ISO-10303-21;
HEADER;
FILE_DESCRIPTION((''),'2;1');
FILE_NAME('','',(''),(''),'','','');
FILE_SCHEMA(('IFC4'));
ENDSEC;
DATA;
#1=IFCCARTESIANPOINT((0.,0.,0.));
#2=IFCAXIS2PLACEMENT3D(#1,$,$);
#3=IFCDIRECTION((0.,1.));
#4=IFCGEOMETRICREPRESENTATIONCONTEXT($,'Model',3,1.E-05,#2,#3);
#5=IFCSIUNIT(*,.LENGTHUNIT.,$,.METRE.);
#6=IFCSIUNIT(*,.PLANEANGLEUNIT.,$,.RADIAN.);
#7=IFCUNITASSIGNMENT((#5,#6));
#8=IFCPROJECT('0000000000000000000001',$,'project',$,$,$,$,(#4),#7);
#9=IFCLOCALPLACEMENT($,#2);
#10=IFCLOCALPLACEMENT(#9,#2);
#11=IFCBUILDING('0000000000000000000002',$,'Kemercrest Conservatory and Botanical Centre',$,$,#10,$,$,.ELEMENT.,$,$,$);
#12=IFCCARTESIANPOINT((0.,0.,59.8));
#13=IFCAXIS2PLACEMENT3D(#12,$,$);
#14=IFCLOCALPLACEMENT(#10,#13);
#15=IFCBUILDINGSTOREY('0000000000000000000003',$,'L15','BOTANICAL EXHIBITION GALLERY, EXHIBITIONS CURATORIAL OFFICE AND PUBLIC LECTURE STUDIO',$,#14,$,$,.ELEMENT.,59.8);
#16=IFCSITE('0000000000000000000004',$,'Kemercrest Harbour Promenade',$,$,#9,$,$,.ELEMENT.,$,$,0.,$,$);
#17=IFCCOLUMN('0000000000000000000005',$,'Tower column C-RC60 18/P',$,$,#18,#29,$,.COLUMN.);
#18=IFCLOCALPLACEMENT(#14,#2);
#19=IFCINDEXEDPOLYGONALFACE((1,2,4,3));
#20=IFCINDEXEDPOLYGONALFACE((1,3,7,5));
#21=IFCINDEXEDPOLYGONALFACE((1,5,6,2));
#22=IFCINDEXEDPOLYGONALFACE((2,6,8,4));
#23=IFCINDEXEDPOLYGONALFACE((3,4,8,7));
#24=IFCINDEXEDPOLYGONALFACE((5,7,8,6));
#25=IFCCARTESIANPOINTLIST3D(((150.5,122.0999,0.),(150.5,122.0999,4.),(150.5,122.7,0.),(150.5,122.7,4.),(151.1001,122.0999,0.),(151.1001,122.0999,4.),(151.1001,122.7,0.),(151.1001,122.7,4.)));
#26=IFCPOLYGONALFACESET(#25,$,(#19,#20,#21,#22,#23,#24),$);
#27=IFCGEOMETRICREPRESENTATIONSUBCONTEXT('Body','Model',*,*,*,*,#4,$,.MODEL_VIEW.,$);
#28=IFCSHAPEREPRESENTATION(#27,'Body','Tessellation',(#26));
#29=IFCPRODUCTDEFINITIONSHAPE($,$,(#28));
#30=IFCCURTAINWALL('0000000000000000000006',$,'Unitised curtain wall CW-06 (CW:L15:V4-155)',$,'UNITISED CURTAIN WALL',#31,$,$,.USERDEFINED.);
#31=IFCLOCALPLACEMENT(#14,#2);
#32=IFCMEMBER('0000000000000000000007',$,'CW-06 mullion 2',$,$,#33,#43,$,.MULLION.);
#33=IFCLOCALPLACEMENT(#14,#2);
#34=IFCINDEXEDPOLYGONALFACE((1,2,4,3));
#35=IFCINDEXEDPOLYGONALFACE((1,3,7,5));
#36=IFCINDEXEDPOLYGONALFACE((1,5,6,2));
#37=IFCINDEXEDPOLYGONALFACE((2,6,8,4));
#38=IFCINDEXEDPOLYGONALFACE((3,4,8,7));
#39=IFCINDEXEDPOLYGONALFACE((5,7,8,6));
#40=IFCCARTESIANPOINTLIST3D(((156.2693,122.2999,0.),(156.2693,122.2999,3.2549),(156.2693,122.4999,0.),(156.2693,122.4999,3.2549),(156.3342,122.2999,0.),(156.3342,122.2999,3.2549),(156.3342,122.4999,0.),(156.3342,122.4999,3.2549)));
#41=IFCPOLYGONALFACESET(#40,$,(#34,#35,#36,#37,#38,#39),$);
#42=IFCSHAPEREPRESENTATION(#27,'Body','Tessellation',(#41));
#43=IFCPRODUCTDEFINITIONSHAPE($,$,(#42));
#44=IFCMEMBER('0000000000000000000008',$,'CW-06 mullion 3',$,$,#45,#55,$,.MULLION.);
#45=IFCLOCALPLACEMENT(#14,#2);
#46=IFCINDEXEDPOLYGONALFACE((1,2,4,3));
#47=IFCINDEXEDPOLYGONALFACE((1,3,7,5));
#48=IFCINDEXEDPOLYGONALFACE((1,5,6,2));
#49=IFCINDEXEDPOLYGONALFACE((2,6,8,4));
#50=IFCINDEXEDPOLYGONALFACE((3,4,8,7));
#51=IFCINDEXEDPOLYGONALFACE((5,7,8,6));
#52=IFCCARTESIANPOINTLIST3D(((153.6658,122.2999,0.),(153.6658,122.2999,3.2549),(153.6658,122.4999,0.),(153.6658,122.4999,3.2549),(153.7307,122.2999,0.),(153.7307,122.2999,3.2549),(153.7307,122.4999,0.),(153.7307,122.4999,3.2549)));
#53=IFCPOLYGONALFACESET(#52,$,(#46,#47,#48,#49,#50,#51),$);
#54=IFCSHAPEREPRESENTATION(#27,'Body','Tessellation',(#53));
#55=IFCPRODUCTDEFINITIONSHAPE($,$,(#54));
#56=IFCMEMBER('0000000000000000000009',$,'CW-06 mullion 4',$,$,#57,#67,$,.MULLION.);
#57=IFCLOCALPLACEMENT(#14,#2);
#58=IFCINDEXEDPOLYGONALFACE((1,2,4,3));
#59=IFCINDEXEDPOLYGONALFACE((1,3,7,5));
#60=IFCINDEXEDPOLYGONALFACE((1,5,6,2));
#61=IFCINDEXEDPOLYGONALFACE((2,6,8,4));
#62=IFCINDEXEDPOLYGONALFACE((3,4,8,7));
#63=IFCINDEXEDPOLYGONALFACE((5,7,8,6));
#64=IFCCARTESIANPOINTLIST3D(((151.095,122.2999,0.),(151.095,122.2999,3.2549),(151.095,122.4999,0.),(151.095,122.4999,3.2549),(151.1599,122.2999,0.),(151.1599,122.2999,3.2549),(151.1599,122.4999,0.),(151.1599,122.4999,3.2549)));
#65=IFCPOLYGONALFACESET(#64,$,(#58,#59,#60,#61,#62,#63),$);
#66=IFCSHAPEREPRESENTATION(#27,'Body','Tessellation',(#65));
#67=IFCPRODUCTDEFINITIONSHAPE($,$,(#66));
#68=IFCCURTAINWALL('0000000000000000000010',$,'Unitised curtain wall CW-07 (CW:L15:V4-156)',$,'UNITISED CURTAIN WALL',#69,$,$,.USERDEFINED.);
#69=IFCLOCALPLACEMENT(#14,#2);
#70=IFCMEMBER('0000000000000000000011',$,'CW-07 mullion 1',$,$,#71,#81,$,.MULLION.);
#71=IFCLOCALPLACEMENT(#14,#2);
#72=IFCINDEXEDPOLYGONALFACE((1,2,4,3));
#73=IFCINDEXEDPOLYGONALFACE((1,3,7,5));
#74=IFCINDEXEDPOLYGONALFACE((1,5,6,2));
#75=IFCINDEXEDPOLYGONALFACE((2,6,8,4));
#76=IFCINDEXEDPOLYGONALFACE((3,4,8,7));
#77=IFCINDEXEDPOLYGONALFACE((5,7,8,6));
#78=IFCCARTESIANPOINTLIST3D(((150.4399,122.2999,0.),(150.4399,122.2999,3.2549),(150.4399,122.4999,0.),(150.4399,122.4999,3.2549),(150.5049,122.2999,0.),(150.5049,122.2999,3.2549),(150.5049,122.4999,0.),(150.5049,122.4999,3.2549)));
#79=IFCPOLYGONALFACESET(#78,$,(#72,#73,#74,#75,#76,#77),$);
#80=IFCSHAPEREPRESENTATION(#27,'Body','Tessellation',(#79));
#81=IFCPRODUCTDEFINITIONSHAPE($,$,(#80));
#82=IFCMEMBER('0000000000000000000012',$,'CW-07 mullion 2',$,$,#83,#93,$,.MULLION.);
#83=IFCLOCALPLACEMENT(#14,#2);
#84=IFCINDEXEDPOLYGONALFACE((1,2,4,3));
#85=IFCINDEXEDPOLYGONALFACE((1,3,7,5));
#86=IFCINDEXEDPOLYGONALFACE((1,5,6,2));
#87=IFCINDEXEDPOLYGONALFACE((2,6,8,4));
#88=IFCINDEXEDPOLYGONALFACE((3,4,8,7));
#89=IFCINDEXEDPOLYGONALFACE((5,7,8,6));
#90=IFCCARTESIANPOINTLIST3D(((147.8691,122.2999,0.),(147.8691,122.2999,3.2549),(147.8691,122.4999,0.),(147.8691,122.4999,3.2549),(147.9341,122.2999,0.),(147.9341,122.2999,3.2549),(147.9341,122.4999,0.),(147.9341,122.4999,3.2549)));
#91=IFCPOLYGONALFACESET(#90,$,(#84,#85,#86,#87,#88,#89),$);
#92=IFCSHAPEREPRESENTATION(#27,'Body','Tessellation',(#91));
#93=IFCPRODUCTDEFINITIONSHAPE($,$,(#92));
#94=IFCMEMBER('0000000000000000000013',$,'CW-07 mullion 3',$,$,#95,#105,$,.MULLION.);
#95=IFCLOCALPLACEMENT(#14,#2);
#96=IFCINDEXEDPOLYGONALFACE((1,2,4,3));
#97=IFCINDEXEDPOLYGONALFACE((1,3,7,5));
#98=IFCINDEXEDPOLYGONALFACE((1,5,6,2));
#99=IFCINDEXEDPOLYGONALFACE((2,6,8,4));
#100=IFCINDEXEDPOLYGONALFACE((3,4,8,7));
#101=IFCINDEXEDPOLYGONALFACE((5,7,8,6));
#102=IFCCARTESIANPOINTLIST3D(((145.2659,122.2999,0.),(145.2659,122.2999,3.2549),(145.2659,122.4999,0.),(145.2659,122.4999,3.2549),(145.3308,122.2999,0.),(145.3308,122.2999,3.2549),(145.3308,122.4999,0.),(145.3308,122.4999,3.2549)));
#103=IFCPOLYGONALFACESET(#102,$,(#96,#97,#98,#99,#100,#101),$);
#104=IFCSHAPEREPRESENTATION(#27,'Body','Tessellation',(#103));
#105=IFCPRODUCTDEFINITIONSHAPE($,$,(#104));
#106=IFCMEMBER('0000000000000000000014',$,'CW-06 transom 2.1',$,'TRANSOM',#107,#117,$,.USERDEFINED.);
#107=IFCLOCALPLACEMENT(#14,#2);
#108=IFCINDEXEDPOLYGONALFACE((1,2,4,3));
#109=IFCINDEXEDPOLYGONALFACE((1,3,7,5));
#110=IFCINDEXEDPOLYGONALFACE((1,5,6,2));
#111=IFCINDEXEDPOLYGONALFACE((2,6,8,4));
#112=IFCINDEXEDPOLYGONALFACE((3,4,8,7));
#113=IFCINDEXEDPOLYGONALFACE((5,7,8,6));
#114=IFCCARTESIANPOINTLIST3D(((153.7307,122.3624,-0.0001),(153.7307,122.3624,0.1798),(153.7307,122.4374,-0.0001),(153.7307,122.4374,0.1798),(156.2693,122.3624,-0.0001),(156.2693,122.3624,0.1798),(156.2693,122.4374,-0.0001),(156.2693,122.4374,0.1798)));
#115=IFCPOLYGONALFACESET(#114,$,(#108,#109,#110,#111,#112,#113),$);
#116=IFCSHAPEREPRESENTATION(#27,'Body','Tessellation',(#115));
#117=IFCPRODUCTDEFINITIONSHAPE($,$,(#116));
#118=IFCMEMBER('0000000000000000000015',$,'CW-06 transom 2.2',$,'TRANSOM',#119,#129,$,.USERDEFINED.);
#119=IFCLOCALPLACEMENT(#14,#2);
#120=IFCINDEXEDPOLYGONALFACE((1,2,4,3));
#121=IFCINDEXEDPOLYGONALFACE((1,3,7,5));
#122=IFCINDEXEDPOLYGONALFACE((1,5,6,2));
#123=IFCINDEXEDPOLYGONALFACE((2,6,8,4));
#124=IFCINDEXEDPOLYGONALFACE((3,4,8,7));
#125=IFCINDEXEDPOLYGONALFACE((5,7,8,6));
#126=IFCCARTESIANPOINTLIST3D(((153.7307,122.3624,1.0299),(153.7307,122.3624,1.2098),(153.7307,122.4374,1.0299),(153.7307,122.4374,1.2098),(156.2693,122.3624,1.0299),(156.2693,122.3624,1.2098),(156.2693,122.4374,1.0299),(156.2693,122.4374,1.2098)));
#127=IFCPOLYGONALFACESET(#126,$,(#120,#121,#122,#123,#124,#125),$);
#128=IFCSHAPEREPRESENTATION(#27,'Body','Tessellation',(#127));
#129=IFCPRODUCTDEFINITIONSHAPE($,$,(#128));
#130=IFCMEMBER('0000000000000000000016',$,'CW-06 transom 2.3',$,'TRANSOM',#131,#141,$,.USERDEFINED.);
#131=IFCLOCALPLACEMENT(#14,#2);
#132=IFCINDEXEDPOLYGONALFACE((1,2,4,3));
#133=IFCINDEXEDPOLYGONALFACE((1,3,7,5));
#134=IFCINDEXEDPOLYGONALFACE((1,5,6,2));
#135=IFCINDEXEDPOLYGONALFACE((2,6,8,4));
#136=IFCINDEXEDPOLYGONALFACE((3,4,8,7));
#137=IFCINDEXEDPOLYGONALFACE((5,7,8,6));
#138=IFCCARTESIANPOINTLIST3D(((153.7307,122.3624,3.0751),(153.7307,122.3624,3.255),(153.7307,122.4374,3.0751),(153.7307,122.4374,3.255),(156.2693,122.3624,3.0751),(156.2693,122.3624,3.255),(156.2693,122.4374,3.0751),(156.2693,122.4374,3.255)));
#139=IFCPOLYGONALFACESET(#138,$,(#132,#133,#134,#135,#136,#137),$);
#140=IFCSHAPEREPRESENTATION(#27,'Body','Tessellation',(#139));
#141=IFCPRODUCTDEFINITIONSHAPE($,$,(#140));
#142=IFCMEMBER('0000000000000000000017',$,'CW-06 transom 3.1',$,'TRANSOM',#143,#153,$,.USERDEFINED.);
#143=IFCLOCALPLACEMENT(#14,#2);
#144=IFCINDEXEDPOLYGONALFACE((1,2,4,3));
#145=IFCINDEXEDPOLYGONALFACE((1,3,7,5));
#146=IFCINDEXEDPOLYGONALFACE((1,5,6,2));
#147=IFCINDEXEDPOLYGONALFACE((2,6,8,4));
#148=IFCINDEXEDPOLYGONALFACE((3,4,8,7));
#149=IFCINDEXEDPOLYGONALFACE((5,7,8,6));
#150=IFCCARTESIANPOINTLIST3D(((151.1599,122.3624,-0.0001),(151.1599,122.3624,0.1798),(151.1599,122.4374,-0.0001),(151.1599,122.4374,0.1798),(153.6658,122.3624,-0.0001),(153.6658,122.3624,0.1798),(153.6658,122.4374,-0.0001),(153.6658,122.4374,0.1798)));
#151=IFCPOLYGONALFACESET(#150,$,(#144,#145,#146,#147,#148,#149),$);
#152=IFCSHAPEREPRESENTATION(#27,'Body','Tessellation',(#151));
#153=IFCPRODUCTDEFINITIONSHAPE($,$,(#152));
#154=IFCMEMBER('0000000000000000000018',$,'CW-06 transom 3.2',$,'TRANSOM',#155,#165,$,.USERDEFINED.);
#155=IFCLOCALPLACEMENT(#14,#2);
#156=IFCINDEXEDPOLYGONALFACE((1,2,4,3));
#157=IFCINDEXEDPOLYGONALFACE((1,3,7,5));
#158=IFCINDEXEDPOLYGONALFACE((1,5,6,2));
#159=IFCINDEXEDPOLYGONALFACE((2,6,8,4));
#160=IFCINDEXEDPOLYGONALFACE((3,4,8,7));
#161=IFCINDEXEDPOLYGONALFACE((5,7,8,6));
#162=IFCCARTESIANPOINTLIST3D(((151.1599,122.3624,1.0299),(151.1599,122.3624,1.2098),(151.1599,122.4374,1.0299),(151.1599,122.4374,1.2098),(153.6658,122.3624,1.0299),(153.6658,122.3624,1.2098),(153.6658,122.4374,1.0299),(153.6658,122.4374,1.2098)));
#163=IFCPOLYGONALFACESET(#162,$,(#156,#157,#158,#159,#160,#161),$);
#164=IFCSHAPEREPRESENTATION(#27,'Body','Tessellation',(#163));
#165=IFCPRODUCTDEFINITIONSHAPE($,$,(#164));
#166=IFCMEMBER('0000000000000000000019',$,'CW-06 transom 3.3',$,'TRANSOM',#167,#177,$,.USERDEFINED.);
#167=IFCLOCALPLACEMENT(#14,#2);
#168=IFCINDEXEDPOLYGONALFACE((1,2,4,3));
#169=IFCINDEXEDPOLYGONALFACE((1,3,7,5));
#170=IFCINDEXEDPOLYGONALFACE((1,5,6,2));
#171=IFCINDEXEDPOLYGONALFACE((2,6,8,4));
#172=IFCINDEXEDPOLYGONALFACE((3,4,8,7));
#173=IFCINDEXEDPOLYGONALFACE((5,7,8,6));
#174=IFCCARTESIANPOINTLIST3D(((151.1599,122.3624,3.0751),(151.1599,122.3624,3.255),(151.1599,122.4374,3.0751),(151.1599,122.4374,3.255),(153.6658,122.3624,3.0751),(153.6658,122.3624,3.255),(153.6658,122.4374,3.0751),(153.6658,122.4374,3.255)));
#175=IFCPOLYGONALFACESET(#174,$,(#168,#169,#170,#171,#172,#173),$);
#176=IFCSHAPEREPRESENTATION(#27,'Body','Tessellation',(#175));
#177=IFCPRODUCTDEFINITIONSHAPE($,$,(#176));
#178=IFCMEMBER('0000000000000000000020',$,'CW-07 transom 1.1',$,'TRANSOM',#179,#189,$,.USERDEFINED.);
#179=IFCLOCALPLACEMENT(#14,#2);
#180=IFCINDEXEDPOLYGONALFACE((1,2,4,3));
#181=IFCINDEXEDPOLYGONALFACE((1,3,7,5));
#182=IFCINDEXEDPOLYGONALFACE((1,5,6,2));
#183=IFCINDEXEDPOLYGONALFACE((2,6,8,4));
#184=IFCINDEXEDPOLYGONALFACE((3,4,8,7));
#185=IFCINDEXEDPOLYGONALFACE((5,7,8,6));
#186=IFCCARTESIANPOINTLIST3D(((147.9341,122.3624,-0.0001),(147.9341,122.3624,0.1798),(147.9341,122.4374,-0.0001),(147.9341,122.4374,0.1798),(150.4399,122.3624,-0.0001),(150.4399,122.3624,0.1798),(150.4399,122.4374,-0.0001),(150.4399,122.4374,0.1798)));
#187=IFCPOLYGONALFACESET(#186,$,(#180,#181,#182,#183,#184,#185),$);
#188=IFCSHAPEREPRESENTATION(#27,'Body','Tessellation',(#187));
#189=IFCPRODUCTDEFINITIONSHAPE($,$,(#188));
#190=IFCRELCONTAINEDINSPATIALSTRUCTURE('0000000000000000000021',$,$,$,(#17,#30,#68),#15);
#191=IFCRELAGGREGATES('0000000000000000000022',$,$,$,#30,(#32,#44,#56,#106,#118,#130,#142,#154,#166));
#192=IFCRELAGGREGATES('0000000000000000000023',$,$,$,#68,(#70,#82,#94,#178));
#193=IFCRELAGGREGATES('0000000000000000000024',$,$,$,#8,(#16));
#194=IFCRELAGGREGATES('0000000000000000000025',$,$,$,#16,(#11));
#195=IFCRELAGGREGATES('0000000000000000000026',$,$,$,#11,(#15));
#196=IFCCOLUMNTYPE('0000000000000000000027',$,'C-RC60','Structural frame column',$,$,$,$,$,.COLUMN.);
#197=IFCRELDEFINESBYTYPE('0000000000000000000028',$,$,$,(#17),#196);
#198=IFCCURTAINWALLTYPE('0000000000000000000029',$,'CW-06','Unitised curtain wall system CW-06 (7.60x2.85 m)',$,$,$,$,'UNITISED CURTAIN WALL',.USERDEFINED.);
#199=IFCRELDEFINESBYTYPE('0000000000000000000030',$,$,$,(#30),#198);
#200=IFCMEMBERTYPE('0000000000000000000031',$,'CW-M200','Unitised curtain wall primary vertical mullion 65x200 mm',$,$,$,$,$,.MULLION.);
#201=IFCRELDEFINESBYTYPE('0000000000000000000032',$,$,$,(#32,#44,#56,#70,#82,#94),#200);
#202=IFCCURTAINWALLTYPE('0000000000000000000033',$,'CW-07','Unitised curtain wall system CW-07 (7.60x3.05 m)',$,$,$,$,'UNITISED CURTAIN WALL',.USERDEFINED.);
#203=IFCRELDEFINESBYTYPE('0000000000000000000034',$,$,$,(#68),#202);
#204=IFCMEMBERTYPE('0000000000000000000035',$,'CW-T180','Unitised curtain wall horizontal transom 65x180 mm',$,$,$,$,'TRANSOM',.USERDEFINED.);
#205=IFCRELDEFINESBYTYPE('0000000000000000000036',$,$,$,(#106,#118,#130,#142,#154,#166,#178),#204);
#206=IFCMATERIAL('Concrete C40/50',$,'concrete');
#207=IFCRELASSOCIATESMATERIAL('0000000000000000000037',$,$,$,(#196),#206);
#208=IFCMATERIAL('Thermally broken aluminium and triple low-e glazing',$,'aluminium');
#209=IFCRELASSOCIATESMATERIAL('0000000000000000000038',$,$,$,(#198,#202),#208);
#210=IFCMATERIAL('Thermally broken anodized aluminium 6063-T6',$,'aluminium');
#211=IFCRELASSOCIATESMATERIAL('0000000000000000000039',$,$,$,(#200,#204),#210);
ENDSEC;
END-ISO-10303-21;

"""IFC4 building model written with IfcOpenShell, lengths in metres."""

from ifc_helpers import new_model, si_unit, direction, frame, origin, origin_2d, place, context, subcontext, project, spatial, rectangle, extrude, material, material_profile, profile_set, type_object, element, aggregate, save


model = new_model("IFC4")

# Units and contexts
model_context = context("Model", 3, precision=1e-05, world=origin(), true_north=direction((0.0, 1.0)))
body_context = subcontext(model_context, "Body", "Model", "MODEL_VIEW")
ifc_project = project(units=[si_unit("LENGTHUNIT", "METRE"), si_unit("PLANEANGLEUNIT", "RADIAN")], contexts=[model_context])

# Site, building, storey
site_placement = place(None, origin())
site = spatial("IfcSite", under=ifc_project, at=site_placement, Name="Kemercrest Harbour Promenade", CompositionType="ELEMENT", RefElevation=0.0)
building_placement = place(site_placement, origin())
building = spatial("IfcBuilding", under=site, at=building_placement, Name="Kemercrest Conservatory and Botanical Centre", CompositionType="ELEMENT")
storey_placement = place(building_placement, frame((0.0, 0.0, 59.8)))
storey = spatial("IfcBuildingStorey", under=building, at=storey_placement, Name="L15", Description="BOTANICAL EXHIBITION GALLERY, EXHIBITIONS CURATORIAL OFFICE AND PUBLIC LECTURE STUDIO", CompositionType="ELEMENT", Elevation=59.8)

# Column
ifc_material_1 = material(Name="Concrete C40/50", Category="concrete")
ifc_material_profile_1 = material_profile(ifc_material_1, rectangle(XDim=0.6001, YDim=0.6001, at=origin_2d()), Name="RC 600x600")
ifc_profile_set_1 = profile_set([ifc_material_profile_1], Name="Concrete C40/50")
column_type = type_object("IfcColumnType", Name="C-RC60", Description="Structural frame column", PredefinedType="COLUMN", material=ifc_profile_set_1)
column_placement = place(storey_placement, frame((150.8, 122.3999, 0.0), z_axis=(0.0, 0.0, 1.0), x_axis=(1.0, 0.0, 0.0)))
element("IfcColumn", 1, at=column_placement, inside=storey, type_object=column_type, Name="Tower column C-RC60 18/P", PredefinedType="COLUMN", context=body_context, shape_type="SweptSolid", body=[
    extrude(rectangle(XDim=0.6001, YDim=0.6001, at=origin_2d()), origin(), (0.0, 0.0, 1.0), 4.0),
])

# Curtain walls, members
ifc_material_2 = material(Name="Thermally broken aluminium and triple low-e glazing", Category="aluminium")
curtain_wall_type_1 = type_object("IfcCurtainWallType", Name="CW-06", Description="Unitised curtain wall system CW-06 (7.60x2.85 m)", ElementType="UNITISED CURTAIN WALL", PredefinedType="USERDEFINED", material=ifc_material_2)
curtain_wall_1_placement = place(storey_placement, origin())
curtain_wall_1 = element("IfcCurtainWall", 2, at=curtain_wall_1_placement, inside=storey, type_object=curtain_wall_type_1, Name="Unitised curtain wall CW-06 (CW:L15:V4-155)", ObjectType="UNITISED CURTAIN WALL", PredefinedType="USERDEFINED")
ifc_material_3 = material(Name="Thermally broken anodized aluminium 6063-T6", Category="aluminium")
ifc_material_profile_2 = material_profile(ifc_material_3, rectangle(XDim=0.2, YDim=0.0649, at=origin_2d()), Name="AL MULLION 65x200")
ifc_profile_set_2 = profile_set([ifc_material_profile_2], Name="Thermally broken anodized aluminium 6063-T6")
member_type_1 = type_object("IfcMemberType", Name="CW-M200", Description="Unitised curtain wall primary vertical mullion 65x200 mm", PredefinedType="MULLION", material=ifc_profile_set_2)
member_1_placement = place(storey_placement, frame((156.3018, 122.3999, 0.0), z_axis=(0.0, 0.0, 1.0), x_axis=(0.0, -1.0, 0.0)))
member_1 = element("IfcMember", 3, at=member_1_placement, type_object=member_type_1, Name="CW-06 mullion 2", PredefinedType="MULLION", context=body_context, shape_type="SweptSolid", body=[
    extrude(rectangle(XDim=0.2, YDim=0.0649, at=origin_2d()), origin(), (0.0, 0.0, 1.0), 3.2549),
])
member_2_placement = place(storey_placement, frame((153.6982, 122.3999, 0.0), z_axis=(0.0, 0.0, 1.0), x_axis=(0.0, -1.0, 0.0)))
member_2 = element("IfcMember", 4, at=member_2_placement, type_object=member_type_1, Name="CW-06 mullion 3", PredefinedType="MULLION", context=body_context, shape_type="SweptSolid", body=[
    extrude(rectangle(XDim=0.2, YDim=0.0649, at=origin_2d()), origin(), (0.0, 0.0, 1.0), 3.2549),
])
member_3_placement = place(storey_placement, frame((151.1274, 122.3999, 0.0), z_axis=(0.0, 0.0, 1.0), x_axis=(0.0, -1.0, 0.0)))
member_3 = element("IfcMember", 5, at=member_3_placement, type_object=member_type_1, Name="CW-06 mullion 4", PredefinedType="MULLION", context=body_context, shape_type="SweptSolid", body=[
    extrude(rectangle(XDim=0.2, YDim=0.0649, at=origin_2d()), origin(), (0.0, 0.0, 1.0), 3.2549),
])
curtain_wall_type_2 = type_object("IfcCurtainWallType", Name="CW-07", Description="Unitised curtain wall system CW-07 (7.60x3.05 m)", ElementType="UNITISED CURTAIN WALL", PredefinedType="USERDEFINED", material=ifc_material_2)
curtain_wall_2_placement = place(storey_placement, origin())
curtain_wall_2 = element("IfcCurtainWall", 6, at=curtain_wall_2_placement, inside=storey, type_object=curtain_wall_type_2, Name="Unitised curtain wall CW-07 (CW:L15:V4-156)", ObjectType="UNITISED CURTAIN WALL", PredefinedType="USERDEFINED")
member_4_placement = place(storey_placement, frame((150.4724, 122.3999, 0.0), z_axis=(0.0, 0.0, 1.0), x_axis=(0.0, -1.0, 0.0)))
member_4 = element("IfcMember", 7, at=member_4_placement, type_object=member_type_1, Name="CW-07 mullion 1", PredefinedType="MULLION", context=body_context, shape_type="SweptSolid", body=[
    extrude(rectangle(XDim=0.2, YDim=0.0649, at=origin_2d()), origin(), (0.0, 0.0, 1.0), 3.2549),
])
member_5_placement = place(storey_placement, frame((147.9016, 122.3999, 0.0), z_axis=(0.0, 0.0, 1.0), x_axis=(0.0, -1.0, 0.0)))
member_5 = element("IfcMember", 8, at=member_5_placement, type_object=member_type_1, Name="CW-07 mullion 2", PredefinedType="MULLION", context=body_context, shape_type="SweptSolid", body=[
    extrude(rectangle(XDim=0.2, YDim=0.0649, at=origin_2d()), origin(), (0.0, 0.0, 1.0), 3.2549),
])
member_6_placement = place(storey_placement, frame((145.2983, 122.3999, 0.0), z_axis=(0.0, 0.0, 1.0), x_axis=(0.0, -1.0, 0.0)))
member_6 = element("IfcMember", 9, at=member_6_placement, type_object=member_type_1, Name="CW-07 mullion 3", PredefinedType="MULLION", context=body_context, shape_type="SweptSolid", body=[
    extrude(rectangle(XDim=0.2, YDim=0.0649, at=origin_2d()), origin(), (0.0, 0.0, 1.0), 3.2549),
])

# Members
ifc_material_profile_3 = material_profile(ifc_material_3, rectangle(XDim=0.075, YDim=0.1799, at=origin_2d()), Name="AL TRANSOM 75x180")
ifc_profile_set_3 = profile_set([ifc_material_profile_3], Name="Thermally broken anodized aluminium 6063-T6")
member_type_2 = type_object("IfcMemberType", Name="CW-T180", Description="Unitised curtain wall horizontal transom 65x180 mm", ElementType="TRANSOM", PredefinedType="USERDEFINED", material=ifc_profile_set_3)
member_7_placement = place(storey_placement, frame((156.2693, 122.3999, 0.0898), z_axis=(-1.0, 0.0, 0.0), x_axis=(0.0, -1.0, 0.0)))
member_7 = element("IfcMember", 10, at=member_7_placement, type_object=member_type_2, Name="CW-06 transom 2.1", ObjectType="TRANSOM", PredefinedType="USERDEFINED", context=body_context, shape_type="SweptSolid", body=[
    extrude(rectangle(XDim=0.075, YDim=0.1799, at=origin_2d()), origin(), (0.0, 0.0, 1.0), 2.5386),
])
member_8_placement = place(storey_placement, frame((156.2693, 122.3999, 1.1199), z_axis=(-1.0, 0.0, 0.0), x_axis=(0.0, -1.0, 0.0)))
member_8 = element("IfcMember", 11, at=member_8_placement, type_object=member_type_2, Name="CW-06 transom 2.2", ObjectType="TRANSOM", PredefinedType="USERDEFINED", context=body_context, shape_type="SweptSolid", body=[
    extrude(rectangle(XDim=0.075, YDim=0.1799, at=origin_2d()), origin(), (0.0, 0.0, 1.0), 2.5386),
])
member_9_placement = place(storey_placement, frame((156.2693, 122.3999, 3.165), z_axis=(-1.0, 0.0, 0.0), x_axis=(0.0, -1.0, 0.0)))
member_9 = element("IfcMember", 12, at=member_9_placement, type_object=member_type_2, Name="CW-06 transom 2.3", ObjectType="TRANSOM", PredefinedType="USERDEFINED", context=body_context, shape_type="SweptSolid", body=[
    extrude(rectangle(XDim=0.075, YDim=0.1799, at=origin_2d()), origin(), (0.0, 0.0, 1.0), 2.5386),
])
member_10_placement = place(storey_placement, frame((153.6658, 122.3999, 0.0898), z_axis=(-1.0, 0.0, 0.0), x_axis=(0.0, -1.0, 0.0)))
member_10 = element("IfcMember", 13, at=member_10_placement, type_object=member_type_2, Name="CW-06 transom 3.1", ObjectType="TRANSOM", PredefinedType="USERDEFINED", context=body_context, shape_type="SweptSolid", body=[
    extrude(rectangle(XDim=0.075, YDim=0.1799, at=origin_2d()), origin(), (0.0, 0.0, 1.0), 2.5059),
])
member_11_placement = place(storey_placement, frame((153.6658, 122.3999, 1.1199), z_axis=(-1.0, 0.0, 0.0), x_axis=(0.0, -1.0, 0.0)))
member_11 = element("IfcMember", 14, at=member_11_placement, type_object=member_type_2, Name="CW-06 transom 3.2", ObjectType="TRANSOM", PredefinedType="USERDEFINED", context=body_context, shape_type="SweptSolid", body=[
    extrude(rectangle(XDim=0.075, YDim=0.1799, at=origin_2d()), origin(), (0.0, 0.0, 1.0), 2.5059),
])
member_12_placement = place(storey_placement, frame((153.6658, 122.3999, 3.165), z_axis=(-1.0, 0.0, 0.0), x_axis=(0.0, -1.0, 0.0)))
member_12 = element("IfcMember", 15, at=member_12_placement, type_object=member_type_2, Name="CW-06 transom 3.3", ObjectType="TRANSOM", PredefinedType="USERDEFINED", context=body_context, shape_type="SweptSolid", body=[
    extrude(rectangle(XDim=0.075, YDim=0.1799, at=origin_2d()), origin(), (0.0, 0.0, 1.0), 2.5059),
])
member_13_placement = place(storey_placement, frame((150.4399, 122.3999, 0.0898), z_axis=(-1.0, 0.0, 0.0), x_axis=(0.0, -1.0, 0.0)))
member_13 = element("IfcMember", 16, at=member_13_placement, type_object=member_type_2, Name="CW-07 transom 1.1", ObjectType="TRANSOM", PredefinedType="USERDEFINED", context=body_context, shape_type="SweptSolid", body=[
    extrude(rectangle(XDim=0.075, YDim=0.1799, at=origin_2d()), origin(), (0.0, 0.0, 1.0), 2.5059),
])

aggregate(curtain_wall_1, [member_1, member_2, member_3, member_7, member_8, member_9, member_10, member_11, member_12])
aggregate(curtain_wall_2, [member_4, member_5, member_6, member_13])

save(model, "model.ifc")
